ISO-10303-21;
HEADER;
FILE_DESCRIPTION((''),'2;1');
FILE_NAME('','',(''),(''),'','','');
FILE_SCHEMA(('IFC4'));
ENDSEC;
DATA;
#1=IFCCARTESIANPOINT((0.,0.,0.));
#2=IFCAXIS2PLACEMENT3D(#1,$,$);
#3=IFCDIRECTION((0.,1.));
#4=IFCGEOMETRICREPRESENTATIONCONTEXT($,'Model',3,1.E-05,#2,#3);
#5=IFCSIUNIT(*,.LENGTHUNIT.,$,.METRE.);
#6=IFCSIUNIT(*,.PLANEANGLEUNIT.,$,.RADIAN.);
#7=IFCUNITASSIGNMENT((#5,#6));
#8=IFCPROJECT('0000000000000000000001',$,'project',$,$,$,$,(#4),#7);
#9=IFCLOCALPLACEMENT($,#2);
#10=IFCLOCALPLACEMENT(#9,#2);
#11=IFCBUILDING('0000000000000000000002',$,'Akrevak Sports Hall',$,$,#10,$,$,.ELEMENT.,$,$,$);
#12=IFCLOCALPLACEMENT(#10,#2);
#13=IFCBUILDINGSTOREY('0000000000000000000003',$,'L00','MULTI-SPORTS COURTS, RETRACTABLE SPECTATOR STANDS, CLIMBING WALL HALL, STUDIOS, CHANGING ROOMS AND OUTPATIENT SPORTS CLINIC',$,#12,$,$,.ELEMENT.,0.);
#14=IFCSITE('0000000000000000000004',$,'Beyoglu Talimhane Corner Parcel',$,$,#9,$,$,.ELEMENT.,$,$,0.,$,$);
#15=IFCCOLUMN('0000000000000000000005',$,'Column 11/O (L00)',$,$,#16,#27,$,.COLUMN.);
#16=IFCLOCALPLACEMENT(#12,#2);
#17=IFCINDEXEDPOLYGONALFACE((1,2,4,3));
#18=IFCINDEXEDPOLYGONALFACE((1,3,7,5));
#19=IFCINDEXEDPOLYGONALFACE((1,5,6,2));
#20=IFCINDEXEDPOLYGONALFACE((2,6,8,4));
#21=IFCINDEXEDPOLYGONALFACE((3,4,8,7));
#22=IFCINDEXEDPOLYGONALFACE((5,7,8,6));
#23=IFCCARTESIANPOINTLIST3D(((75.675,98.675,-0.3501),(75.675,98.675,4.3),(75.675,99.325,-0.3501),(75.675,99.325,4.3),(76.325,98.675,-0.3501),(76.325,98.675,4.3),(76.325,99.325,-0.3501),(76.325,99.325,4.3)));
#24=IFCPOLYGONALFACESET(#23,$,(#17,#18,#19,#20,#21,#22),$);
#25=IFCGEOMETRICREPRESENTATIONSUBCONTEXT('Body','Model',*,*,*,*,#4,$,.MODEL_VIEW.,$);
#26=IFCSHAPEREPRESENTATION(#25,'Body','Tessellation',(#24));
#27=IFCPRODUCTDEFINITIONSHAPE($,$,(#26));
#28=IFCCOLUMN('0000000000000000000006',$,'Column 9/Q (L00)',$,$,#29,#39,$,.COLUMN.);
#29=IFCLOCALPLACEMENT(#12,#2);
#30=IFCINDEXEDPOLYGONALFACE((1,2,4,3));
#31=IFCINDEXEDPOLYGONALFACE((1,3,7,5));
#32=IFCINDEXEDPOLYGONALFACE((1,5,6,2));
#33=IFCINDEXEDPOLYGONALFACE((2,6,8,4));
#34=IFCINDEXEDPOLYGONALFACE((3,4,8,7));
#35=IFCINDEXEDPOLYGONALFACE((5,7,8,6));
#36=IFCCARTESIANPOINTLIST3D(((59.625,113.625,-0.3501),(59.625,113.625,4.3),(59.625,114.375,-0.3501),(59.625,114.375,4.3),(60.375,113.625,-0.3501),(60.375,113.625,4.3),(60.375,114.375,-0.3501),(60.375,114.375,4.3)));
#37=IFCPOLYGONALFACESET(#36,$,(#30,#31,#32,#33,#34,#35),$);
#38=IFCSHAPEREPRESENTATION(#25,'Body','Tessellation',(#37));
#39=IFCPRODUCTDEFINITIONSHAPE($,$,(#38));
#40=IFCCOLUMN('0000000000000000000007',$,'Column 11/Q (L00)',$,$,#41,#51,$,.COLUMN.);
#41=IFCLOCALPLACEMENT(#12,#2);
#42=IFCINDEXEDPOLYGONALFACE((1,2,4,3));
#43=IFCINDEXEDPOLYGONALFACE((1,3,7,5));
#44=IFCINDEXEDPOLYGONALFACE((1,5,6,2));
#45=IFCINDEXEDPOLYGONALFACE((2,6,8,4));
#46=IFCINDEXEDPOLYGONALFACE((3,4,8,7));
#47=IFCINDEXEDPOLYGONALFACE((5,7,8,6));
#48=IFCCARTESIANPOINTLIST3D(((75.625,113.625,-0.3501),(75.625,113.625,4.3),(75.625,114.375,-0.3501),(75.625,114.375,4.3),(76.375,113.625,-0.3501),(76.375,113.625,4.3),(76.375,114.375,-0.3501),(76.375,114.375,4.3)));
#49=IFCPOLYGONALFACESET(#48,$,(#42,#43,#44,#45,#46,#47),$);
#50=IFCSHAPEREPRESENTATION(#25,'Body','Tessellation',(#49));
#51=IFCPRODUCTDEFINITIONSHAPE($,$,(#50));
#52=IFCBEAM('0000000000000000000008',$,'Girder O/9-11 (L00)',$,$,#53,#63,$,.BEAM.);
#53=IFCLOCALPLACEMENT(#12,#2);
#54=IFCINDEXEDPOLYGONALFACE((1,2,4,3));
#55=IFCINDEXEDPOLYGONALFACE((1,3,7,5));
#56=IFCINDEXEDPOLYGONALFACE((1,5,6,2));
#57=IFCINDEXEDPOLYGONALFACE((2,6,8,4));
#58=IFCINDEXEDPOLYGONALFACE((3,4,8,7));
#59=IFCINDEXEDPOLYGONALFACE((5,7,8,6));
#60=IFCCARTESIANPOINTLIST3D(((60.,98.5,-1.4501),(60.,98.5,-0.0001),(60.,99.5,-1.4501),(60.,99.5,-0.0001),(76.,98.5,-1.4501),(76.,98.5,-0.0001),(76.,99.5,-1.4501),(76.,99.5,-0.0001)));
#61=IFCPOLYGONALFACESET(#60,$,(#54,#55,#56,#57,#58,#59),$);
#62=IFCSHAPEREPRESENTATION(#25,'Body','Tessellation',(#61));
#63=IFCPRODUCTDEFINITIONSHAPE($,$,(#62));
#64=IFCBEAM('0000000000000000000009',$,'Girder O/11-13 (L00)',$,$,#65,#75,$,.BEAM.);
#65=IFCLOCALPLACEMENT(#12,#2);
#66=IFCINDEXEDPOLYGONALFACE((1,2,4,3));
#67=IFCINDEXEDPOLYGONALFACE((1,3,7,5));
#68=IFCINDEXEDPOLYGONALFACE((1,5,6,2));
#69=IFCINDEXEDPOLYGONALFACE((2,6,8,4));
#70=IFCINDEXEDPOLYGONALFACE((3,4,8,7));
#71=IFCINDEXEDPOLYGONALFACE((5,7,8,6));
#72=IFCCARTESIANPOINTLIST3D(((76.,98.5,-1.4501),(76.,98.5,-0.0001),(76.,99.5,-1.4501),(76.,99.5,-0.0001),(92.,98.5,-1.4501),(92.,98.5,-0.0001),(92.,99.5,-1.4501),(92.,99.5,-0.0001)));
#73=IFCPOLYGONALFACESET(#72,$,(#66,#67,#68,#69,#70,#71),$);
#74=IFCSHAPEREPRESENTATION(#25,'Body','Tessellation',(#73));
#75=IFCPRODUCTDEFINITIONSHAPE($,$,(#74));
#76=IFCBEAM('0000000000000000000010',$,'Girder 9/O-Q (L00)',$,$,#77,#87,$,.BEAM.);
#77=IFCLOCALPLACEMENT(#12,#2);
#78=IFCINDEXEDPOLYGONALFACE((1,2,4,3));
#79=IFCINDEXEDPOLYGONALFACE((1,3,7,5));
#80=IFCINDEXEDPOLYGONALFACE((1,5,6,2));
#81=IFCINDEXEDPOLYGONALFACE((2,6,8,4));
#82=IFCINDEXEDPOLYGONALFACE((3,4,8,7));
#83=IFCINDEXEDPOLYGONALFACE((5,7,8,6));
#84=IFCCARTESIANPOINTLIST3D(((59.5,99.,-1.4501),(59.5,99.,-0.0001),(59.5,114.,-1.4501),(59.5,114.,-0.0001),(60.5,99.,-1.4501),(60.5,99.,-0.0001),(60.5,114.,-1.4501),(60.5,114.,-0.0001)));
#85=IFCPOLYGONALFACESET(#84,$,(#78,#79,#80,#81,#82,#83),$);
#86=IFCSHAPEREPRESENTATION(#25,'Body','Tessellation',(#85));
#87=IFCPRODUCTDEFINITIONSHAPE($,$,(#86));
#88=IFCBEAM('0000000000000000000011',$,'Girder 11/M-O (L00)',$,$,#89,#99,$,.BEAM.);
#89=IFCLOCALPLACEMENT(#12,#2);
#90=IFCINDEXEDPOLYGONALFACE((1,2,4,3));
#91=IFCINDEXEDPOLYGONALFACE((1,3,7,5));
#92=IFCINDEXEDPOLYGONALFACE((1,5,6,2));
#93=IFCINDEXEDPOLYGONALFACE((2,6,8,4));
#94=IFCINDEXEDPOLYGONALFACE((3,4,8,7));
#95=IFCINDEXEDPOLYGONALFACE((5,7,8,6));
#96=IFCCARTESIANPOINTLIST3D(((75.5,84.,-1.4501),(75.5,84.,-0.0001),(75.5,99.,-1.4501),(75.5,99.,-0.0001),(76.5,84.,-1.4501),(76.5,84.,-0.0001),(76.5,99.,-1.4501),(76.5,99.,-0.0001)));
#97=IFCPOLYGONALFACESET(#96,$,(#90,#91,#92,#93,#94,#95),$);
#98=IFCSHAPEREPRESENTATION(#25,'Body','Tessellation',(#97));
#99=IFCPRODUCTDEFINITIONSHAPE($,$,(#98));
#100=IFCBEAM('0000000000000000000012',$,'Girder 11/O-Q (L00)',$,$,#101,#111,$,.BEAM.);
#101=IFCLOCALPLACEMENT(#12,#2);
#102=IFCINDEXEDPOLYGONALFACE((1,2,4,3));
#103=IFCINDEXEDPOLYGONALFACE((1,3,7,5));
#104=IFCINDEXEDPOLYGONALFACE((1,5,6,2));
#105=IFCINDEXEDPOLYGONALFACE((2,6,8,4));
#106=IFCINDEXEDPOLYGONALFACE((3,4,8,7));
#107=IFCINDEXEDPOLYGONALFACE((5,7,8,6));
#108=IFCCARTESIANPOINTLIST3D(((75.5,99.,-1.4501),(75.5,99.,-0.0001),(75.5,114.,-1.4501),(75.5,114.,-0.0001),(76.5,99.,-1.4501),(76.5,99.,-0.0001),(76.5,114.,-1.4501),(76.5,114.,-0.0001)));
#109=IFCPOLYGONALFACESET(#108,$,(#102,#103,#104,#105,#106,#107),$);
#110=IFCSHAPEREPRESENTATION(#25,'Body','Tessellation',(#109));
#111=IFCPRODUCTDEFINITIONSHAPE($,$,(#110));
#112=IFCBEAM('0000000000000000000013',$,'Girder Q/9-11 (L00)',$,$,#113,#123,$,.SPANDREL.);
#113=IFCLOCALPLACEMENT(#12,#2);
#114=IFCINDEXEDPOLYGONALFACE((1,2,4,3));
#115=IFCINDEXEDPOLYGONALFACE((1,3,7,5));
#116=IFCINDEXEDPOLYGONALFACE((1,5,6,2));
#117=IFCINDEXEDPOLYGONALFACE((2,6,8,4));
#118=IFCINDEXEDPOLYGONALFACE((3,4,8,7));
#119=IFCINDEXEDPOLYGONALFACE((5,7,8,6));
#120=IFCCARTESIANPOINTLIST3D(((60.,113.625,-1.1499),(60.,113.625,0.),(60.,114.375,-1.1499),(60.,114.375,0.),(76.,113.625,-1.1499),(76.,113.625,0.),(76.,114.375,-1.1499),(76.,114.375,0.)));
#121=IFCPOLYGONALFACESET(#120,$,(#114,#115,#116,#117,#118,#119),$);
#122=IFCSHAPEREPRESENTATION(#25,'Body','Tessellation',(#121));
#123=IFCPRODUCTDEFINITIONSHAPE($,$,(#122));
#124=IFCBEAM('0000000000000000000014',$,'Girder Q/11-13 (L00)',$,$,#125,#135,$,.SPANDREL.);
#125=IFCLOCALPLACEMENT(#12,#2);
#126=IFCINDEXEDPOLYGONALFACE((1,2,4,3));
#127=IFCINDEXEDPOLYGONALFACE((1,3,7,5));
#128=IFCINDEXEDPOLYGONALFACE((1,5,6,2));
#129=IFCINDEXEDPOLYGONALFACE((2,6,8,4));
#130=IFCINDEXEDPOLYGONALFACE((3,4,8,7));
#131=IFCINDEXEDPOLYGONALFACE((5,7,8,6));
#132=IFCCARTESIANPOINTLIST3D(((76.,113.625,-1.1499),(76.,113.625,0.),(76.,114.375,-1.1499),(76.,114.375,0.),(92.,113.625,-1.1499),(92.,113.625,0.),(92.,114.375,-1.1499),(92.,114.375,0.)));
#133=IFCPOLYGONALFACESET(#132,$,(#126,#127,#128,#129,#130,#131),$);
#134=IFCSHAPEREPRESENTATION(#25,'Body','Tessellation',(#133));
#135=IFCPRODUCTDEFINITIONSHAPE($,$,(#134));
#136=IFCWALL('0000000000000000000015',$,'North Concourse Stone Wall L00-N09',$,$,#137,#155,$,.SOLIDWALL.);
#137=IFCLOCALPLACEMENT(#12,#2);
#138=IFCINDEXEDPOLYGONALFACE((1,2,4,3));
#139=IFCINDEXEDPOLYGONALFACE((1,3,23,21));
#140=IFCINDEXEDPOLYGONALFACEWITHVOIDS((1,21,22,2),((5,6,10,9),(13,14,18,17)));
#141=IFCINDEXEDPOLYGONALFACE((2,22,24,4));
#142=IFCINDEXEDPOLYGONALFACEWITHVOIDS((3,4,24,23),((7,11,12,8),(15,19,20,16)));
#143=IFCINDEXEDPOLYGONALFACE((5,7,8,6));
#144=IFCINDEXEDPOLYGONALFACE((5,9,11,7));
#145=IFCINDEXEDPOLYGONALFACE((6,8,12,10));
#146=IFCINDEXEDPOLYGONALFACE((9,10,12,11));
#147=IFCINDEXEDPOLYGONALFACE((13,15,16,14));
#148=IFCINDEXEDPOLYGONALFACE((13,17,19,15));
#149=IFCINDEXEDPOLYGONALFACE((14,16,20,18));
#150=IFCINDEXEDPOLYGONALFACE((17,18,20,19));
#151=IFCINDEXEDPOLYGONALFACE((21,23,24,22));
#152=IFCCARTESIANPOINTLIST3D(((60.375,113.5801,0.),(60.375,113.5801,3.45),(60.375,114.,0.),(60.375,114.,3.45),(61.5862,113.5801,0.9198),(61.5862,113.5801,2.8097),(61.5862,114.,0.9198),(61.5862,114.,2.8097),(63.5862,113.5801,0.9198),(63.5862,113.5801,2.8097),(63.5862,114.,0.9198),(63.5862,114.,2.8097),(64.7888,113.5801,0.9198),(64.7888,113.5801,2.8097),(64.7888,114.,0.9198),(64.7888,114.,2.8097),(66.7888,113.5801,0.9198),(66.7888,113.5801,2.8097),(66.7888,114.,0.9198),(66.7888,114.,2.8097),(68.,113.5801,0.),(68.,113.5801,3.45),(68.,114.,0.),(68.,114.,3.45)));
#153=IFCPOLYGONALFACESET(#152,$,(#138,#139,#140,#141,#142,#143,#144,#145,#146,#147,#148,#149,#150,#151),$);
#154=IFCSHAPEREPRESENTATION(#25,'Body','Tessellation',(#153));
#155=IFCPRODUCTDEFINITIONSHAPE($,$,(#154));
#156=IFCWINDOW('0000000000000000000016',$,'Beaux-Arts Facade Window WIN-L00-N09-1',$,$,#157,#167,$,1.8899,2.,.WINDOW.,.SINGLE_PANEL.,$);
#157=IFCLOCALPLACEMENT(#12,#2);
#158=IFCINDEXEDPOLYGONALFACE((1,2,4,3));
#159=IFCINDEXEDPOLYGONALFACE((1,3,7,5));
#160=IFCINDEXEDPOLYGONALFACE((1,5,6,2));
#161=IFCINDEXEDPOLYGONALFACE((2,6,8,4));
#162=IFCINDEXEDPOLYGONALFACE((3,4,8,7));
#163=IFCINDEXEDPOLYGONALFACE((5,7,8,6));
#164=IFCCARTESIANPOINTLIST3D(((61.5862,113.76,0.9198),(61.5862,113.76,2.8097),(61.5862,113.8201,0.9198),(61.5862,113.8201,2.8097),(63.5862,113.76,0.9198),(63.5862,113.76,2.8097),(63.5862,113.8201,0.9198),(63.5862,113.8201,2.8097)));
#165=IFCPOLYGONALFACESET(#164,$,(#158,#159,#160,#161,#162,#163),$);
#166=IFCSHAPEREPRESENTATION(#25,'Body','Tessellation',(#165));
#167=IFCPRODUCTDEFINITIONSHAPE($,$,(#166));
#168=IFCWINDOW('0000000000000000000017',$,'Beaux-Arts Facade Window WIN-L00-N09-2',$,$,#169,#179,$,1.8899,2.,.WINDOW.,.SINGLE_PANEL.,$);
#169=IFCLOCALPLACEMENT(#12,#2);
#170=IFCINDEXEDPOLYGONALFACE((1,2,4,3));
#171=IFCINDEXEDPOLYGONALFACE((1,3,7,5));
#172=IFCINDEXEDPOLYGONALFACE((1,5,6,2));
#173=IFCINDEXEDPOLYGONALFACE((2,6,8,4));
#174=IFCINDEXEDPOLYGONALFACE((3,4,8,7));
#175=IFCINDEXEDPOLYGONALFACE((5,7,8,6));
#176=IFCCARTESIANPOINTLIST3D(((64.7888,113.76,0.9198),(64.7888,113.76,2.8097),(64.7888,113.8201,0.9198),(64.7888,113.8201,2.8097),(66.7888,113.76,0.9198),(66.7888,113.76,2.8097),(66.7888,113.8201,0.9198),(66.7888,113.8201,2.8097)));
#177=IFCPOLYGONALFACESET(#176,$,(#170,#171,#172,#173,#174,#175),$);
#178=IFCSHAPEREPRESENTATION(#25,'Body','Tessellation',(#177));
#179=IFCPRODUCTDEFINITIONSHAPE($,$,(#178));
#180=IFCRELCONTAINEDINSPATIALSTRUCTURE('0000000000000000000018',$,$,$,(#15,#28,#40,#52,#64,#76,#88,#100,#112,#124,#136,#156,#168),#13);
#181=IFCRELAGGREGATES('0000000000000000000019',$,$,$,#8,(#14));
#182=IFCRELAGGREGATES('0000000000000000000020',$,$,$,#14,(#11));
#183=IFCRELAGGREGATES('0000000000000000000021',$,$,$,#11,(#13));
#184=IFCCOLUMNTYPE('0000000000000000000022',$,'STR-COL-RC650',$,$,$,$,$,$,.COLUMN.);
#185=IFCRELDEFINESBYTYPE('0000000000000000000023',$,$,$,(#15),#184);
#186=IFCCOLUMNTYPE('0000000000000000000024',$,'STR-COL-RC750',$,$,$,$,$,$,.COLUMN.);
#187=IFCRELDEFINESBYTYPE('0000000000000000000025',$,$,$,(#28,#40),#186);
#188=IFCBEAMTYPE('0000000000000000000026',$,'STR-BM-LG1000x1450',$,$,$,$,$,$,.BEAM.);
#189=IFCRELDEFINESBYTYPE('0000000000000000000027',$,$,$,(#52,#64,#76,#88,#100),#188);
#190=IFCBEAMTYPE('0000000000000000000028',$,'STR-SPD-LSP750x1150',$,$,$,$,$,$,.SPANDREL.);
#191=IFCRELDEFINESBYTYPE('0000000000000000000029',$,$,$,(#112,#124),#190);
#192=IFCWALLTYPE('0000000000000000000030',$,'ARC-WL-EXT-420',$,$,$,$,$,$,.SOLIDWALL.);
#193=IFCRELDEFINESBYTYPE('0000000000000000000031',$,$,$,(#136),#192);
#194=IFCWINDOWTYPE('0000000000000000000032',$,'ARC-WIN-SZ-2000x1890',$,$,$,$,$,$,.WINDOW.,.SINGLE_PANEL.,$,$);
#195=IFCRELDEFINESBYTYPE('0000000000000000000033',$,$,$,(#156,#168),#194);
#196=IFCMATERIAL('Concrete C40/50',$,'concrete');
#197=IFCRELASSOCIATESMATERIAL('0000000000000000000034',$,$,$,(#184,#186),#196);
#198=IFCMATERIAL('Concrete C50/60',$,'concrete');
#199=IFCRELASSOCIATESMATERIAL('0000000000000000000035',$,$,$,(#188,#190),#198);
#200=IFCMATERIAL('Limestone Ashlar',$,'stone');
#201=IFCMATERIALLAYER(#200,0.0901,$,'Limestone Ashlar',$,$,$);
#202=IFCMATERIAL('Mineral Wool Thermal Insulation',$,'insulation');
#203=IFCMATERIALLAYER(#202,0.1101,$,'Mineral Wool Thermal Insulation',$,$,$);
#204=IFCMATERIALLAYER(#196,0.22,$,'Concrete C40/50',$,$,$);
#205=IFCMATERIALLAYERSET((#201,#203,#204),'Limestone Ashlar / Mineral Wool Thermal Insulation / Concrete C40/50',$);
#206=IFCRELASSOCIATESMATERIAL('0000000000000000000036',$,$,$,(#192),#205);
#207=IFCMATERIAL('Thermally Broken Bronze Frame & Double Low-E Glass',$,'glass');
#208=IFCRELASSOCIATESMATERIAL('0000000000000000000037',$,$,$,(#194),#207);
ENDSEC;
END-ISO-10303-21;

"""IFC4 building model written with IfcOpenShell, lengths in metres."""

from ifc_helpers import new_model, si_unit, direction, frame, frame_2d, origin, origin_2d, place, context, subcontext, project, spatial, rectangle, extrude, material, layer, layer_set, material_profile, profile_set, type_object, element, fill, save


model = new_model("IFC4")

# Units and contexts
model_context = context("Model", 3, precision=1e-05, world=origin(), true_north=direction((0.0, 1.0)))
body_context = subcontext(model_context, "Body", "Model", "MODEL_VIEW")
ifc_project = project(units=[si_unit("LENGTHUNIT", "METRE"), si_unit("PLANEANGLEUNIT", "RADIAN")], contexts=[model_context])

# Site, building, storey
site_placement = place(None, origin())
site = spatial("IfcSite", under=ifc_project, at=site_placement, Name="Beyoglu Talimhane Corner Parcel", CompositionType="ELEMENT", RefElevation=0.0)
building_placement = place(site_placement, origin())
building = spatial("IfcBuilding", under=site, at=building_placement, Name="Akrevak Sports Hall", CompositionType="ELEMENT")
storey_placement = place(building_placement, origin())
storey = spatial("IfcBuildingStorey", under=building, at=storey_placement, Name="L00", Description="MULTI-SPORTS COURTS, RETRACTABLE SPECTATOR STANDS, CLIMBING WALL HALL, STUDIOS, CHANGING ROOMS AND OUTPATIENT SPORTS CLINIC", CompositionType="ELEMENT", Elevation=0.0)

# Columns
ifc_material_1 = material(Name="Concrete C40/50", Category="concrete")
ifc_material_profile_1 = material_profile(ifc_material_1, rectangle(XDim=0.6499, YDim=0.6499, at=origin_2d()), Name="RC 650x650", Category="concrete")
ifc_profile_set_1 = profile_set([ifc_material_profile_1], Name="Concrete C40/50")
column_type_1 = type_object("IfcColumnType", Name="STR-COL-RC650", PredefinedType="COLUMN", material=ifc_profile_set_1)
column_placement = place(storey_placement, frame((76.0, 99.0, -0.3501), z_axis=(0.0, 0.0, 1.0), x_axis=(1.0, 0.0, 0.0)))
element("IfcColumn", 1, at=column_placement, inside=storey, type_object=column_type_1, Name="Column 11/O (L00)", PredefinedType="COLUMN", context=body_context, shape_type="SweptSolid", body=[
    extrude(rectangle(XDim=0.6499, YDim=0.6499, at=origin_2d()), origin(), (0.0, 0.0, 1.0), 4.6501),
])
ifc_material_profile_2 = material_profile(ifc_material_1, rectangle(XDim=0.75, YDim=0.75, at=origin_2d()), Name="RC 750x750", Category="concrete")
ifc_profile_set_2 = profile_set([ifc_material_profile_2], Name="Concrete C40/50")
column_type_2 = type_object("IfcColumnType", Name="STR-COL-RC750", PredefinedType="COLUMN", material=ifc_profile_set_2)
for number, where, z_axis, x_axis, name in (
    (2, (60.0, 114.0, -0.3501), (0.0, 0.0, 1.0), (1.0, 0.0, 0.0), "Column 9/Q (L00)"),
    (3, (76.0, 114.0, -0.3501), (0.0, 0.0, 1.0), (1.0, 0.0, 0.0), "Column 11/Q (L00)"),
):
    element("IfcColumn", number, at=place(storey_placement, frame(where, z_axis=z_axis, x_axis=x_axis)), inside=storey, type_object=column_type_2, Name=name, PredefinedType="COLUMN", context=body_context, shape_type="SweptSolid", body=[
        extrude(rectangle(XDim=0.75, YDim=0.75, at=origin_2d()), origin(), (0.0, 0.0, 1.0), 4.6501),
    ])

# Beams
ifc_material_2 = material(Name="Concrete C50/60", Category="concrete")
ifc_material_profile_3 = material_profile(ifc_material_2, rectangle(XDim=1.0, YDim=1.45, at=origin_2d()), Name="BM 1000x1450", Category="concrete")
ifc_profile_set_3 = profile_set([ifc_material_profile_3], Name="Concrete C50/60")
beam_type_1 = type_object("IfcBeamType", Name="STR-BM-LG1000x1450", PredefinedType="BEAM", material=ifc_profile_set_3)
for number, where, z_axis, x_axis, name in (
    (4, (60.0, 99.0, -0.7251), (1.0, 0.0, 0.0), (0.0, 1.0, 0.0), "Girder O/9-11 (L00)"),
    (5, (76.0, 99.0, -0.7251), (1.0, 0.0, 0.0), (0.0, 1.0, 0.0), "Girder O/11-13 (L00)"),
):
    element("IfcBeam", number, at=place(storey_placement, frame(where, z_axis=z_axis, x_axis=x_axis)), inside=storey, type_object=beam_type_1, Name=name, PredefinedType="BEAM", context=body_context, shape_type="SweptSolid", body=[
        extrude(rectangle(XDim=1.0, YDim=1.45, at=origin_2d()), origin(), (0.0, 0.0, 1.0), 16.0),
    ])
for number, where, z_axis, x_axis, name in (
    (6, (60.0, 99.0, -0.7251), (0.0, 1.0, 0.0), (-1.0, 0.0, 0.0), "Girder 9/O-Q (L00)"),
    (7, (76.0, 84.0, -0.7251), (0.0, 1.0, 0.0), (-1.0, 0.0, 0.0), "Girder 11/M-O (L00)"),
    (8, (76.0, 99.0, -0.7251), (0.0, 1.0, 0.0), (-1.0, 0.0, 0.0), "Girder 11/O-Q (L00)"),
):
    element("IfcBeam", number, at=place(storey_placement, frame(where, z_axis=z_axis, x_axis=x_axis)), inside=storey, type_object=beam_type_1, Name=name, PredefinedType="BEAM", context=body_context, shape_type="SweptSolid", body=[
        extrude(rectangle(XDim=1.0, YDim=1.45, at=origin_2d()), origin(), (0.0, 0.0, 1.0), 15.0),
    ])
ifc_material_profile_4 = material_profile(ifc_material_2, rectangle(XDim=0.75, YDim=1.1499, at=origin_2d()), Name="SPD 750x1150", Category="concrete")
ifc_profile_set_4 = profile_set([ifc_material_profile_4], Name="Concrete C50/60")
beam_type_2 = type_object("IfcBeamType", Name="STR-SPD-LSP750x1150", PredefinedType="SPANDREL", material=ifc_profile_set_4)
for number, where, z_axis, x_axis, name in (
    (9, (60.0, 114.0, -0.575), (1.0, 0.0, 0.0), (0.0, 1.0, 0.0), "Girder Q/9-11 (L00)"),
    (10, (76.0, 114.0, -0.575), (1.0, 0.0, 0.0), (0.0, 1.0, 0.0), "Girder Q/11-13 (L00)"),
):
    element("IfcBeam", number, at=place(storey_placement, frame(where, z_axis=z_axis, x_axis=x_axis)), inside=storey, type_object=beam_type_2, Name=name, PredefinedType="SPANDREL", context=body_context, shape_type="SweptSolid", body=[
        extrude(rectangle(XDim=0.75, YDim=1.1499, at=origin_2d()), origin(), (0.0, 0.0, 1.0), 16.0),
    ])

# Wall, openings, windows
ifc_material_3 = material(Name="Limestone Ashlar", Category="stone")
ifc_layer_1 = layer(ifc_material_3, 0.0901, Name="Limestone Ashlar")
ifc_material_4 = material(Name="Mineral Wool Thermal Insulation", Category="insulation")
ifc_layer_2 = layer(ifc_material_4, 0.1101, Name="Mineral Wool Thermal Insulation")
ifc_layer_3 = layer(ifc_material_1, 0.22, Name="Concrete C40/50")
ifc_layer_set_1 = layer_set([ifc_layer_1, ifc_layer_2, ifc_layer_3], Name="Limestone Ashlar / Mineral Wool Thermal Insulation / Concrete C40/50")
wall_type_1 = type_object("IfcWallType", Name="ARC-WL-EXT-420", PredefinedType="SOLIDWALL", material=ifc_layer_set_1)
wall_1_placement = place(storey_placement, frame((68.0, 113.79, 0.0), z_axis=(0.0, 0.0, 1.0), x_axis=(-1.0, 0.0, 0.0)))
wall_1 = element("IfcWall", 11, at=wall_1_placement, inside=storey, type_object=wall_type_1, Name="North Concourse Stone Wall L00-N09", PredefinedType="SOLIDWALL", context=body_context, shape_type="SweptSolid", body=[
    extrude(rectangle(XDim=7.625, YDim=0.4199, at=frame_2d((3.8125, 0.0))), origin(), (0.0, 0.0, 1.0), 3.45),
])
opening_1_placement = place(wall_1_placement, frame((4.4138, 0.0, 0.9199)))
opening_1 = element("IfcOpeningElement", 12, at=opening_1_placement, cuts=wall_1, PredefinedType="OPENING", context=body_context, shape_type="SweptSolid", body=[
    extrude(rectangle(XDim=2.0, YDim=1.8899, at=frame_2d((1.0, 0.9448))), frame((0.0, 0.2219, 0.0), z_axis=(0.0, -1.0, 0.0), x_axis=(1.0, 0.0, 0.0)), (0.0, 0.0, 1.0), 0.4438),
])
opening_2_placement = place(wall_1_placement, frame((1.2112, 0.0, 0.9199)))
opening_2 = element("IfcOpeningElement", 13, at=opening_2_placement, cuts=wall_1, PredefinedType="OPENING", context=body_context, shape_type="SweptSolid", body=[
    extrude(rectangle(XDim=2.0, YDim=1.8899, at=frame_2d((1.0, 0.9448))), frame((0.0, 0.2219, 0.0), z_axis=(0.0, -1.0, 0.0), x_axis=(1.0, 0.0, 0.0)), (0.0, 0.0, 1.0), 0.4438),
])
ifc_material_5 = material(Name="Thermally Broken Bronze Frame & Double Low-E Glass", Category="glass")
window_type = type_object("IfcWindowType", Name="ARC-WIN-SZ-2000x1890", PartitioningType="SINGLE_PANEL", PredefinedType="WINDOW", material=ifc_material_5)
window_1_placement = place(opening_1_placement, origin())
window_1 = element("IfcWindow", 14, at=window_1_placement, inside=storey, type_object=window_type, Name="Beaux-Arts Facade Window WIN-L00-N09-1", OverallHeight=1.8899, OverallWidth=2.0, PartitioningType="SINGLE_PANEL", PredefinedType="WINDOW", context=body_context, shape_type="SweptSolid", body=[
    extrude(rectangle(XDim=2.0, YDim=1.8899, at=frame_2d((1.0, 0.9448))), frame((0.0, 0.03, 0.0), z_axis=(0.0, -1.0, 0.0), x_axis=(1.0, 0.0, 0.0)), (0.0, 0.0, 1.0), 0.0601),
])
fill(opening_1, window_1)
window_2_placement = place(opening_2_placement, origin())
window_2 = element("IfcWindow", 15, at=window_2_placement, inside=storey, type_object=window_type, Name="Beaux-Arts Facade Window WIN-L00-N09-2", OverallHeight=1.8899, OverallWidth=2.0, PartitioningType="SINGLE_PANEL", PredefinedType="WINDOW", context=body_context, shape_type="SweptSolid", body=[
    extrude(rectangle(XDim=2.0, YDim=1.8899, at=frame_2d((1.0, 0.9448))), frame((0.0, 0.03, 0.0), z_axis=(0.0, -1.0, 0.0), x_axis=(1.0, 0.0, 0.0)), (0.0, 0.0, 1.0), 0.0601),
])
fill(opening_2, window_2)

save(model, "model.ifc")
